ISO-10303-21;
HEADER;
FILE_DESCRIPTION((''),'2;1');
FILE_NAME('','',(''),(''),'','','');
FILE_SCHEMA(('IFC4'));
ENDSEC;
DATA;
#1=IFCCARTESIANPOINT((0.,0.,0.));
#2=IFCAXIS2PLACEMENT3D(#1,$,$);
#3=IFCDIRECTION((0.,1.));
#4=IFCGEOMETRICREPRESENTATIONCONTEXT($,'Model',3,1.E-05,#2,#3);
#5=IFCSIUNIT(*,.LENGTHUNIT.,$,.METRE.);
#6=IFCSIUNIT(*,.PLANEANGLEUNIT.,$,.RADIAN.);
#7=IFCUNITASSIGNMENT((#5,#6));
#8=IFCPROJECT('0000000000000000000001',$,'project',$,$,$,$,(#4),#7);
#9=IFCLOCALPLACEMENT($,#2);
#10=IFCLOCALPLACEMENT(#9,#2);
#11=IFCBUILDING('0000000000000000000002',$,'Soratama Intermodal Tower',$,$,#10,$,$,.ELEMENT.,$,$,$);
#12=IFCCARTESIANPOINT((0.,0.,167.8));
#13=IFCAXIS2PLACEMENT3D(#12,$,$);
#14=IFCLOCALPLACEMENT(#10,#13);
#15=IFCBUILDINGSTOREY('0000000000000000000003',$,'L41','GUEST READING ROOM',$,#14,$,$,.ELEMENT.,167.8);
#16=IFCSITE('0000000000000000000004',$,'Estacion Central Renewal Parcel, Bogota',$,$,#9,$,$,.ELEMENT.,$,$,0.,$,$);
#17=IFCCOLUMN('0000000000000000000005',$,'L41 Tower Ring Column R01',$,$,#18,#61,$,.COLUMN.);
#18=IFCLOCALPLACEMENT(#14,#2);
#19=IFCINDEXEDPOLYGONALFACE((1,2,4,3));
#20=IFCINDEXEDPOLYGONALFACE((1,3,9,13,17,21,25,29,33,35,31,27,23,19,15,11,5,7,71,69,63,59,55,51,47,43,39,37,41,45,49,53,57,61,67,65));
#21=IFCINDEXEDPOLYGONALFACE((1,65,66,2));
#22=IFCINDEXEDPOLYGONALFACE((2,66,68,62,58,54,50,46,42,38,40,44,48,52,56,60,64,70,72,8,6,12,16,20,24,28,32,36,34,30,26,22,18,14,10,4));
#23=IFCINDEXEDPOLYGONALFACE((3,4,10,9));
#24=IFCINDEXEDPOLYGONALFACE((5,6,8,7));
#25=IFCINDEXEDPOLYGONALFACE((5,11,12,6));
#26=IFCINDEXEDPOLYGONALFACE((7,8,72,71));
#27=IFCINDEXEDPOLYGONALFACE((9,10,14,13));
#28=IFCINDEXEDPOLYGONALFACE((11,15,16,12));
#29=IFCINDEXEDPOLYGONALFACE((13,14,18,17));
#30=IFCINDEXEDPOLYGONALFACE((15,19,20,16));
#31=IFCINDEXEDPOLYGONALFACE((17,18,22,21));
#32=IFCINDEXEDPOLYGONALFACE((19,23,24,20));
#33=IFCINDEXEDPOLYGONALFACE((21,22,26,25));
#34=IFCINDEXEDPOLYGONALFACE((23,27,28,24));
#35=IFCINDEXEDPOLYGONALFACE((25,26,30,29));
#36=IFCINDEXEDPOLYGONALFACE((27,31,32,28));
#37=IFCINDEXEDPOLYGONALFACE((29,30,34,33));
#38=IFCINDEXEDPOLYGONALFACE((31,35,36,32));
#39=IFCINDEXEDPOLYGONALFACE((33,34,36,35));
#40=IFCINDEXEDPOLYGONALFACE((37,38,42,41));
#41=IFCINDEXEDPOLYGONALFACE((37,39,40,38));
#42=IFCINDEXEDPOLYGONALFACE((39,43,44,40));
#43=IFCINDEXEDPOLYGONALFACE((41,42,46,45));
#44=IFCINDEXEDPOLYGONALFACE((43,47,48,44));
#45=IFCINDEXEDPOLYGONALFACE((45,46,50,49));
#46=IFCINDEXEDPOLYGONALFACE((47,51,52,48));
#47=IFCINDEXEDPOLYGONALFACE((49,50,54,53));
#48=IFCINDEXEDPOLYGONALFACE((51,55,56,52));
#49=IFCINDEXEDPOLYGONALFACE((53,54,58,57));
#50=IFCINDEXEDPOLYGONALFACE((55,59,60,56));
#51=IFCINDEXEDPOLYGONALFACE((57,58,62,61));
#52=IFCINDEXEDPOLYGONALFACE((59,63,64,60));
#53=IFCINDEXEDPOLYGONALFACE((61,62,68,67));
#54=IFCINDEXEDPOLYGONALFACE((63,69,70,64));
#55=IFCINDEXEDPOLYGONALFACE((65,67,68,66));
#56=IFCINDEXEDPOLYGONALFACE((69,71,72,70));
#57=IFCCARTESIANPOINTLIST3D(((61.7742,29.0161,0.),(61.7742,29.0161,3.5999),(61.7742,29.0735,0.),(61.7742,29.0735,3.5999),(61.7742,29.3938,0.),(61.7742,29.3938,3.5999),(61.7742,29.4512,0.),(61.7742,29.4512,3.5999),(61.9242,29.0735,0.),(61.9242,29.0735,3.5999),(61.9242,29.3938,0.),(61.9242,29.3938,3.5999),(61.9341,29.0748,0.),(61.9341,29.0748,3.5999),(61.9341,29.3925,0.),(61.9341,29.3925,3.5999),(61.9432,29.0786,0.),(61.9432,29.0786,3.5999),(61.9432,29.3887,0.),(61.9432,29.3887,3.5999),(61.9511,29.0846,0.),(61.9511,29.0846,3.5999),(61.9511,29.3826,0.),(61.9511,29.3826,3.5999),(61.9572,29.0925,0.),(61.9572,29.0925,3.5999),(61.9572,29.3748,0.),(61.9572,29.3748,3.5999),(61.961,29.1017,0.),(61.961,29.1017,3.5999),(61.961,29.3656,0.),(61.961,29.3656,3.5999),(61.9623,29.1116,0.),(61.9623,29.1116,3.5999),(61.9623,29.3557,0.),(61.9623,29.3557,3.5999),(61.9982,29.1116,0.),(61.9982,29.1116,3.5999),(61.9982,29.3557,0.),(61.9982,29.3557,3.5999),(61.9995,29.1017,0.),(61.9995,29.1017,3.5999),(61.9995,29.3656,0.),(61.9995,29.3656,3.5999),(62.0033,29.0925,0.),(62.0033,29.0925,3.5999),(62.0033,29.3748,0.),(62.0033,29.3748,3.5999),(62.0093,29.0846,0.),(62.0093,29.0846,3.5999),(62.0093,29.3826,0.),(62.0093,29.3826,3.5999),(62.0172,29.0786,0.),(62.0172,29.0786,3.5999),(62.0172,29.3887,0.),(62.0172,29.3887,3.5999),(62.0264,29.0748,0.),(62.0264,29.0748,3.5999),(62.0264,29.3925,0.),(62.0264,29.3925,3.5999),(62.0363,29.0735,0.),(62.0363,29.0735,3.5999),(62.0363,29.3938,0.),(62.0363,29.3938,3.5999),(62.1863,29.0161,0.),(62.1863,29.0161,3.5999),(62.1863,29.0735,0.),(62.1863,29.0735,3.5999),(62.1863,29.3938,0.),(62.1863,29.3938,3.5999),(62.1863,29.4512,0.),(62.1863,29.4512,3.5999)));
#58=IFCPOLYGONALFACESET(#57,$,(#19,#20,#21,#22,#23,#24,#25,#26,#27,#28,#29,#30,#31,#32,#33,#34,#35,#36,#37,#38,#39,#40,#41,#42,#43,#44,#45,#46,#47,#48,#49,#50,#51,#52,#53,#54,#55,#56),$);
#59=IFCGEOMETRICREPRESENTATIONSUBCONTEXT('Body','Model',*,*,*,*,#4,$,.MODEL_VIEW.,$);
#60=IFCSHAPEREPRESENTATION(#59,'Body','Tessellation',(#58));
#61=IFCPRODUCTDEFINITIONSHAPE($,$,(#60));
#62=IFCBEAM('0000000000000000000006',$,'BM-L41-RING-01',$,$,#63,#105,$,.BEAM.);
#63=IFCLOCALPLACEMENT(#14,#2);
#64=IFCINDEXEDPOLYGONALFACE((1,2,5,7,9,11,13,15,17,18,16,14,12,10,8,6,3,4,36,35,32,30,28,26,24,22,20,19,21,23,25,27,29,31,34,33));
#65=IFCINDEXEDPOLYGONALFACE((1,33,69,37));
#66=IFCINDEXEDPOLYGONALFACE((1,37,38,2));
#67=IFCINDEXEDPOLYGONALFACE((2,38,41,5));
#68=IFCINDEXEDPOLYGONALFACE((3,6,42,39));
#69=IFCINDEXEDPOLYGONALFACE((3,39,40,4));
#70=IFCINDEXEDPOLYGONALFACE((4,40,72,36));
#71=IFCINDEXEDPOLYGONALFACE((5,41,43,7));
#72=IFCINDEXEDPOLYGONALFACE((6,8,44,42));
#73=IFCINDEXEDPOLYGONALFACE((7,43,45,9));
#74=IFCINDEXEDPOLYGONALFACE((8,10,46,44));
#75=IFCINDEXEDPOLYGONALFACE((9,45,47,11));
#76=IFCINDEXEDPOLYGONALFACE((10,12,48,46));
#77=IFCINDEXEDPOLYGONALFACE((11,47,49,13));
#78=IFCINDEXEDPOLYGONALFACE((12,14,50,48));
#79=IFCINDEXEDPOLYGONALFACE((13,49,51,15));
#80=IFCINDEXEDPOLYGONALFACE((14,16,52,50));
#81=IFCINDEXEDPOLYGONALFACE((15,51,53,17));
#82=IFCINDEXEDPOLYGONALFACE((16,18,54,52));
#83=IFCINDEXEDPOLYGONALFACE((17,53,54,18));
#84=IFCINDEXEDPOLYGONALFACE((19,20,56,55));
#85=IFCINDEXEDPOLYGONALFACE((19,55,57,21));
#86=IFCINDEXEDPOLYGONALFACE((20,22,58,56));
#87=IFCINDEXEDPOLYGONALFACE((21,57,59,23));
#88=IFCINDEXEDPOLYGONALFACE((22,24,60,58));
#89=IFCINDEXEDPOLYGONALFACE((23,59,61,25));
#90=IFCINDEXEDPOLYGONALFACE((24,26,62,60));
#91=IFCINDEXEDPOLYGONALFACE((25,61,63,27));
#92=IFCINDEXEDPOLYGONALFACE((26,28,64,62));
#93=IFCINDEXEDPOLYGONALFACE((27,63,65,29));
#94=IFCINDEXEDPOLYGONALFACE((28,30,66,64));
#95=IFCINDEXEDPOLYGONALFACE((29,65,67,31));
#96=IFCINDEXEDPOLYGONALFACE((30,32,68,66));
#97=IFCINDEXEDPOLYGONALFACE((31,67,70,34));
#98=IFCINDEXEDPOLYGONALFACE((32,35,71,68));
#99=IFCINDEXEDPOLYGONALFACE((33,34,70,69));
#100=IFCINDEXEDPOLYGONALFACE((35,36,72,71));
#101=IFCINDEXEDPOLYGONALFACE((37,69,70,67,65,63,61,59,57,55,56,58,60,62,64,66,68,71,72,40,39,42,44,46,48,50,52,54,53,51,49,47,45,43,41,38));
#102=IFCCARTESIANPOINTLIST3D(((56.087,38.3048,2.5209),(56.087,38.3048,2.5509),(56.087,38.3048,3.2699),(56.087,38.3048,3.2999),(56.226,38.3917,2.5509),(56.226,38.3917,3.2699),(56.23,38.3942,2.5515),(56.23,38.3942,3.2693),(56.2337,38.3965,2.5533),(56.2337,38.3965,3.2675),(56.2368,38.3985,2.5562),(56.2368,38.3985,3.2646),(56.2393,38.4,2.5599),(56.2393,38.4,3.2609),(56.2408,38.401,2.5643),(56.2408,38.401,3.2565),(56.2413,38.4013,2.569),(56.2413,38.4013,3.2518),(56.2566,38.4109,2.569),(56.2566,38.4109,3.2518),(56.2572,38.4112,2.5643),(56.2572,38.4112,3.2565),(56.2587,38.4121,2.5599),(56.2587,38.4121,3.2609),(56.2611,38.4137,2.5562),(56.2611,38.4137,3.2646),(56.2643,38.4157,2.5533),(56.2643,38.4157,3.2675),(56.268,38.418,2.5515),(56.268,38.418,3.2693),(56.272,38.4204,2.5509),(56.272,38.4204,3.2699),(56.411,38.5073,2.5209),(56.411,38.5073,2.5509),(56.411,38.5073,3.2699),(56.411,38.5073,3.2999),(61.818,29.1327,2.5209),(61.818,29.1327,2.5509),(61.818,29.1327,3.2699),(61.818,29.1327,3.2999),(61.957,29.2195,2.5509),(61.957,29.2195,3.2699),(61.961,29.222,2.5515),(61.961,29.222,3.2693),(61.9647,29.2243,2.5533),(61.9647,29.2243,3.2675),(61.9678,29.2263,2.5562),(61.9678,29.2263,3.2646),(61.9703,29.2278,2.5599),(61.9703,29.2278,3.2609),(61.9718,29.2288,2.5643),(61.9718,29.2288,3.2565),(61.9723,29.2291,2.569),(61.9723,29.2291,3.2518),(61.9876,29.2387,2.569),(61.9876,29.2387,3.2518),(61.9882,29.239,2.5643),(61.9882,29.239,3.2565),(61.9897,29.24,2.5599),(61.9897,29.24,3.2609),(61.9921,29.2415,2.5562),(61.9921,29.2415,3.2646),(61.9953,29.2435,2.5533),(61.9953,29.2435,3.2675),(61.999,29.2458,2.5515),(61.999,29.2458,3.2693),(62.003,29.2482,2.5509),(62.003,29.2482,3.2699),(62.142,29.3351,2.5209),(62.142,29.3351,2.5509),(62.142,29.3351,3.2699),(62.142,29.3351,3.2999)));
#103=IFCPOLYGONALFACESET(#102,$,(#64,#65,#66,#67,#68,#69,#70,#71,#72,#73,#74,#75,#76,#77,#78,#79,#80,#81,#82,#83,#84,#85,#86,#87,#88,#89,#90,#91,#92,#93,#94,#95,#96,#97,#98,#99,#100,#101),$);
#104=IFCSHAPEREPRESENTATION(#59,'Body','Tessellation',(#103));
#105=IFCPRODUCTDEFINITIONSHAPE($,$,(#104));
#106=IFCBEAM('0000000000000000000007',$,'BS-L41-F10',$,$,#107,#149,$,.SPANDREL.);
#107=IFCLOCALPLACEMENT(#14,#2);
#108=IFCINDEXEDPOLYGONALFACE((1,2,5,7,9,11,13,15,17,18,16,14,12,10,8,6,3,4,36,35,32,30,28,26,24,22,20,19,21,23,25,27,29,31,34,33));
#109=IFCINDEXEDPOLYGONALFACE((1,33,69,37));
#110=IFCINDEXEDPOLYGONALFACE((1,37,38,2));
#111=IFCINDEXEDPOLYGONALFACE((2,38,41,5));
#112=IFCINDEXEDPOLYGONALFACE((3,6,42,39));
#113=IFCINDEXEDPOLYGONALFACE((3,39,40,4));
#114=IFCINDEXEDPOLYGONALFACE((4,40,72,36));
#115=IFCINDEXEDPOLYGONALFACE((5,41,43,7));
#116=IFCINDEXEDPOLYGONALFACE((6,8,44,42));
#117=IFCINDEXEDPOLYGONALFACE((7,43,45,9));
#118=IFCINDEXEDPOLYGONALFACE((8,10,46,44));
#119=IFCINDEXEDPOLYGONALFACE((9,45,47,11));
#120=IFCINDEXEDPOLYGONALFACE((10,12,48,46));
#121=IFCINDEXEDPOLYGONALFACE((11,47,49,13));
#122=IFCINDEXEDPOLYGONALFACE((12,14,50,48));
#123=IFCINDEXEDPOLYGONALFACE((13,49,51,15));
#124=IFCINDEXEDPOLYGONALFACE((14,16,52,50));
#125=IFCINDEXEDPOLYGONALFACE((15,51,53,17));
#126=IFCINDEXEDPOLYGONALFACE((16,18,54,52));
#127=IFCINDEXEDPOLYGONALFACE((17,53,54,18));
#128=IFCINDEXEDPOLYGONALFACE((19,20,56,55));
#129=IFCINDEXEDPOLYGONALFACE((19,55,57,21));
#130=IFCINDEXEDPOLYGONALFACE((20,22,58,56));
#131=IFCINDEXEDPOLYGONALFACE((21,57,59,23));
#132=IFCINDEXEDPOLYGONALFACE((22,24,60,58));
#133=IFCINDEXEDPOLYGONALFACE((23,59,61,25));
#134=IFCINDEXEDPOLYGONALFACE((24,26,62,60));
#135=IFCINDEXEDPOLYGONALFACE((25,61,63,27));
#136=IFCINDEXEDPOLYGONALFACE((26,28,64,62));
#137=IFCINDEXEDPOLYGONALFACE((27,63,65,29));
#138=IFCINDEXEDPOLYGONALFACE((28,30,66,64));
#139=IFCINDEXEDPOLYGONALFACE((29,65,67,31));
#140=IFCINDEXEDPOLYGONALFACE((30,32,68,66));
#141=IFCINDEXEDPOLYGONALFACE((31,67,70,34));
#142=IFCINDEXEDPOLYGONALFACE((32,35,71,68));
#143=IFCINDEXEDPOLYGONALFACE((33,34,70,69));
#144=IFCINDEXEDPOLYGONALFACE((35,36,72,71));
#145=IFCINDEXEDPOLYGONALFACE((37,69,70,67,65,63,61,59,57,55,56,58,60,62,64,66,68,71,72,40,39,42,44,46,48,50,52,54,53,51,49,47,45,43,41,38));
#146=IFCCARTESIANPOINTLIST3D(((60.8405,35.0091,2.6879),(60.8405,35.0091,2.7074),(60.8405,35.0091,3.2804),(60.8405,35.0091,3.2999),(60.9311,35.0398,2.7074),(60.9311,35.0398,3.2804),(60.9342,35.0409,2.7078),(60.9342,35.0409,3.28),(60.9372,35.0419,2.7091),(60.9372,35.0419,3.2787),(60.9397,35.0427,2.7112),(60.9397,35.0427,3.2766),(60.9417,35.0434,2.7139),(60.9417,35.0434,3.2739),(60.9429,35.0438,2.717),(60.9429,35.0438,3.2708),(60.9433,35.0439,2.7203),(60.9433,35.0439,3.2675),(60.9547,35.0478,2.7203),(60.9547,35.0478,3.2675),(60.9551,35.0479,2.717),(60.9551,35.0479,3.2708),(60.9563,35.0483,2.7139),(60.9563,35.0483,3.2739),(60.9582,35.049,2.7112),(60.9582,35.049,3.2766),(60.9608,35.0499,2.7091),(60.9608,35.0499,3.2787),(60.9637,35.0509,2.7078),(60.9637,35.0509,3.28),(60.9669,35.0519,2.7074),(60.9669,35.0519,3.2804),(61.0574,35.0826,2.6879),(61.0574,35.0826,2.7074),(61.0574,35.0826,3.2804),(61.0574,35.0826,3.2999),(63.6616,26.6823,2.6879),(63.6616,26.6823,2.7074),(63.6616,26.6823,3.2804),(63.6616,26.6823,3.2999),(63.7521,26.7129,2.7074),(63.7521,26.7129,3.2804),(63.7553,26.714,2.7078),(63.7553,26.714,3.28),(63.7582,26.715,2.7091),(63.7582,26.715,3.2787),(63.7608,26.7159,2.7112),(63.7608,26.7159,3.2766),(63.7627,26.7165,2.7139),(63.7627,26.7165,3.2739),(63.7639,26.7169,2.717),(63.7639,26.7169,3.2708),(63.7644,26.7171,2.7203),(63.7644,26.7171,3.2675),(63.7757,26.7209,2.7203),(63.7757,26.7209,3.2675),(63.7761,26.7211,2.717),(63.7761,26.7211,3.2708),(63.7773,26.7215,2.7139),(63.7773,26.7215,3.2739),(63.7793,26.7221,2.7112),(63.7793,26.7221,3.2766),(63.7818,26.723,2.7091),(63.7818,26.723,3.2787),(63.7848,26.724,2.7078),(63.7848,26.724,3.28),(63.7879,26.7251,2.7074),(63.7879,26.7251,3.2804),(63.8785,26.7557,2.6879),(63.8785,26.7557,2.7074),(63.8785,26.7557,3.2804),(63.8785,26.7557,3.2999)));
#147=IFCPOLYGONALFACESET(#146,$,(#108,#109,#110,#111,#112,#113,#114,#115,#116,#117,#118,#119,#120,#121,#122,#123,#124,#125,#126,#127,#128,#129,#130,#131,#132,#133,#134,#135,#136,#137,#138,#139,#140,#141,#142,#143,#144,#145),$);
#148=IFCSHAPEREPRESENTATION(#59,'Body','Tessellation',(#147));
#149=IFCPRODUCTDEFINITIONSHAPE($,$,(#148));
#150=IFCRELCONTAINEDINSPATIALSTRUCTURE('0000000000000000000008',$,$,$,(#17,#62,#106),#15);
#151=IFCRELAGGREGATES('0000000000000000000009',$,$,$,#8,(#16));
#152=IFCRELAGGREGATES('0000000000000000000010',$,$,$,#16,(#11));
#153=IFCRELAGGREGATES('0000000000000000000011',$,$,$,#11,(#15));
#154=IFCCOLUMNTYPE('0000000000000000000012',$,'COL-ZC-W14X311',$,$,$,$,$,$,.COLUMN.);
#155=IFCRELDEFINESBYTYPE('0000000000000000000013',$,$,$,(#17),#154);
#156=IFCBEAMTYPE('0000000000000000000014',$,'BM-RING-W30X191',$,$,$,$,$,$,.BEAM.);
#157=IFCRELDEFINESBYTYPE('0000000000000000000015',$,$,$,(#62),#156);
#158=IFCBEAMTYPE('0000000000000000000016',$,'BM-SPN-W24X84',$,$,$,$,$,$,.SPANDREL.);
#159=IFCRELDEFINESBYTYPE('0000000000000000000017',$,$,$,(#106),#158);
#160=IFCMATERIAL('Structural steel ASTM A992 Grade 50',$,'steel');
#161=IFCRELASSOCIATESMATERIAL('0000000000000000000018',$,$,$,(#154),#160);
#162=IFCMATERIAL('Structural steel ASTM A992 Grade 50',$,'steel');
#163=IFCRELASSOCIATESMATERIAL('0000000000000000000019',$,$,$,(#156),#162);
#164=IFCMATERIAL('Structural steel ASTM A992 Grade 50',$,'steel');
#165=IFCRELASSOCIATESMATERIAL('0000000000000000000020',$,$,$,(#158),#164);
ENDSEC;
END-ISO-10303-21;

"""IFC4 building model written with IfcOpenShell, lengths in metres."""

from ifc_helpers import new_model, si_unit, direction, frame, origin, origin_2d, place, context, subcontext, project, spatial, i_section, extrude, material, material_profile, profile_set, type_object, element, save


model = new_model("IFC4")

# Units and contexts
model_context = context("Model", 3, precision=1e-05, world=origin(), true_north=direction((0.0, 1.0)))
body_context = subcontext(model_context, "Body", "Model", "MODEL_VIEW")
ifc_project = project(units=[si_unit("LENGTHUNIT", "METRE"), si_unit("PLANEANGLEUNIT", "RADIAN")], contexts=[model_context])

# Site, building, storey
site_placement = place(None, origin())
site = spatial("IfcSite", under=ifc_project, at=site_placement, Name="Estacion Central Renewal Parcel, Bogota", CompositionType="ELEMENT", RefElevation=0.0)
building_placement = place(site_placement, origin())
building = spatial("IfcBuilding", under=site, at=building_placement, Name="Soratama Intermodal Tower", CompositionType="ELEMENT")
storey_placement = place(building_placement, frame((0.0, 0.0, 167.8)))
storey = spatial("IfcBuildingStorey", under=building, at=storey_placement, Name="L41", Description="GUEST READING ROOM", CompositionType="ELEMENT", Elevation=167.8)

# Column
ifc_material_1 = material(Name="Structural steel ASTM A992 Grade 50", Category="steel")
ifc_material_profile_1 = material_profile(ifc_material_1, i_section(OverallWidth=0.4121, OverallDepth=0.4351, WebThickness=0.0359, FlangeThickness=0.0574, FilletRadius=0.0381, at=origin_2d()), Name="W14X311")
ifc_profile_set_1 = profile_set([ifc_material_profile_1], Name="Structural steel ASTM A992 Grade 50")
column_type = type_object("IfcColumnType", Name="COL-ZC-W14X311", PredefinedType="COLUMN", material=ifc_profile_set_1)
column_placement = place(storey_placement, frame((61.9802, 29.2336, 0.0), z_axis=(0.0, 0.0, 1.0), x_axis=(1.0, 0.0, 0.0)))
element("IfcColumn", 1, at=column_placement, inside=storey, type_object=column_type, Name="L41 Tower Ring Column R01", PredefinedType="COLUMN", context=body_context, shape_type="SweptSolid", body=[
    extrude(i_section(OverallWidth=0.4121, OverallDepth=0.4351, WebThickness=0.0359, FlangeThickness=0.0574, FilletRadius=0.0381, at=origin_2d()), origin(), (0.0, 0.0, 1.0), 3.5999),
])

# Beams
ifc_material_2 = material(Name="Structural steel ASTM A992 Grade 50", Category="steel")
ifc_material_profile_2 = material_profile(ifc_material_2, i_section(OverallWidth=0.3821, OverallDepth=0.7791, WebThickness=0.0181, FlangeThickness=0.03, FilletRadius=0.0181, at=origin_2d()), Name="W30X191")
ifc_profile_set_2 = profile_set([ifc_material_profile_2], Name="Structural steel ASTM A992 Grade 50")
beam_type_1 = type_object("IfcBeamType", Name="BM-RING-W30X191", PredefinedType="BEAM", material=ifc_profile_set_2)
beam_1_placement = place(storey_placement, frame((61.98, 29.2339, 2.9104), z_axis=(-0.529891, 0.848066, 0.0), x_axis=(-0.848066, -0.529891, 0.0)))
element("IfcBeam", 2, at=beam_1_placement, inside=storey, type_object=beam_type_1, Name="BM-L41-RING-01", PredefinedType="BEAM", context=body_context, shape_type="SweptSolid", body=[
    extrude(i_section(OverallWidth=0.3821, OverallDepth=0.7791, WebThickness=0.0181, FlangeThickness=0.03, FilletRadius=0.0181, at=origin_2d()), origin(), (0.0, 0.0, 1.0), 10.8154),
])
ifc_material_3 = material(Name="Structural steel ASTM A992 Grade 50", Category="steel")
ifc_material_profile_3 = material_profile(ifc_material_3, i_section(OverallWidth=0.229, OverallDepth=0.6121, WebThickness=0.012, FlangeThickness=0.0195, FilletRadius=0.0129, at=origin_2d()), Name="W24X84")
ifc_profile_set_3 = profile_set([ifc_material_profile_3], Name="Structural steel ASTM A992 Grade 50")
beam_type_2 = type_object("IfcBeamType", Name="BM-SPN-W24X84", PredefinedType="SPANDREL", material=ifc_profile_set_3)
beam_2_placement = place(storey_placement, frame((63.77, 26.719, 2.9939), z_axis=(-0.320873, 0.947122, 0.0), x_axis=(-0.947122, -0.320873, 0.0)))
element("IfcBeam", 3, at=beam_2_placement, inside=storey, type_object=beam_type_2, Name="BS-L41-F10", PredefinedType="SPANDREL", context=body_context, shape_type="SweptSolid", body=[
    extrude(i_section(OverallWidth=0.229, OverallDepth=0.6121, WebThickness=0.012, FlangeThickness=0.0195, FilletRadius=0.0129, at=origin_2d()), origin(), (0.0, 0.0, 1.0), 8.7917),
])

save(model, "model.ifc")
